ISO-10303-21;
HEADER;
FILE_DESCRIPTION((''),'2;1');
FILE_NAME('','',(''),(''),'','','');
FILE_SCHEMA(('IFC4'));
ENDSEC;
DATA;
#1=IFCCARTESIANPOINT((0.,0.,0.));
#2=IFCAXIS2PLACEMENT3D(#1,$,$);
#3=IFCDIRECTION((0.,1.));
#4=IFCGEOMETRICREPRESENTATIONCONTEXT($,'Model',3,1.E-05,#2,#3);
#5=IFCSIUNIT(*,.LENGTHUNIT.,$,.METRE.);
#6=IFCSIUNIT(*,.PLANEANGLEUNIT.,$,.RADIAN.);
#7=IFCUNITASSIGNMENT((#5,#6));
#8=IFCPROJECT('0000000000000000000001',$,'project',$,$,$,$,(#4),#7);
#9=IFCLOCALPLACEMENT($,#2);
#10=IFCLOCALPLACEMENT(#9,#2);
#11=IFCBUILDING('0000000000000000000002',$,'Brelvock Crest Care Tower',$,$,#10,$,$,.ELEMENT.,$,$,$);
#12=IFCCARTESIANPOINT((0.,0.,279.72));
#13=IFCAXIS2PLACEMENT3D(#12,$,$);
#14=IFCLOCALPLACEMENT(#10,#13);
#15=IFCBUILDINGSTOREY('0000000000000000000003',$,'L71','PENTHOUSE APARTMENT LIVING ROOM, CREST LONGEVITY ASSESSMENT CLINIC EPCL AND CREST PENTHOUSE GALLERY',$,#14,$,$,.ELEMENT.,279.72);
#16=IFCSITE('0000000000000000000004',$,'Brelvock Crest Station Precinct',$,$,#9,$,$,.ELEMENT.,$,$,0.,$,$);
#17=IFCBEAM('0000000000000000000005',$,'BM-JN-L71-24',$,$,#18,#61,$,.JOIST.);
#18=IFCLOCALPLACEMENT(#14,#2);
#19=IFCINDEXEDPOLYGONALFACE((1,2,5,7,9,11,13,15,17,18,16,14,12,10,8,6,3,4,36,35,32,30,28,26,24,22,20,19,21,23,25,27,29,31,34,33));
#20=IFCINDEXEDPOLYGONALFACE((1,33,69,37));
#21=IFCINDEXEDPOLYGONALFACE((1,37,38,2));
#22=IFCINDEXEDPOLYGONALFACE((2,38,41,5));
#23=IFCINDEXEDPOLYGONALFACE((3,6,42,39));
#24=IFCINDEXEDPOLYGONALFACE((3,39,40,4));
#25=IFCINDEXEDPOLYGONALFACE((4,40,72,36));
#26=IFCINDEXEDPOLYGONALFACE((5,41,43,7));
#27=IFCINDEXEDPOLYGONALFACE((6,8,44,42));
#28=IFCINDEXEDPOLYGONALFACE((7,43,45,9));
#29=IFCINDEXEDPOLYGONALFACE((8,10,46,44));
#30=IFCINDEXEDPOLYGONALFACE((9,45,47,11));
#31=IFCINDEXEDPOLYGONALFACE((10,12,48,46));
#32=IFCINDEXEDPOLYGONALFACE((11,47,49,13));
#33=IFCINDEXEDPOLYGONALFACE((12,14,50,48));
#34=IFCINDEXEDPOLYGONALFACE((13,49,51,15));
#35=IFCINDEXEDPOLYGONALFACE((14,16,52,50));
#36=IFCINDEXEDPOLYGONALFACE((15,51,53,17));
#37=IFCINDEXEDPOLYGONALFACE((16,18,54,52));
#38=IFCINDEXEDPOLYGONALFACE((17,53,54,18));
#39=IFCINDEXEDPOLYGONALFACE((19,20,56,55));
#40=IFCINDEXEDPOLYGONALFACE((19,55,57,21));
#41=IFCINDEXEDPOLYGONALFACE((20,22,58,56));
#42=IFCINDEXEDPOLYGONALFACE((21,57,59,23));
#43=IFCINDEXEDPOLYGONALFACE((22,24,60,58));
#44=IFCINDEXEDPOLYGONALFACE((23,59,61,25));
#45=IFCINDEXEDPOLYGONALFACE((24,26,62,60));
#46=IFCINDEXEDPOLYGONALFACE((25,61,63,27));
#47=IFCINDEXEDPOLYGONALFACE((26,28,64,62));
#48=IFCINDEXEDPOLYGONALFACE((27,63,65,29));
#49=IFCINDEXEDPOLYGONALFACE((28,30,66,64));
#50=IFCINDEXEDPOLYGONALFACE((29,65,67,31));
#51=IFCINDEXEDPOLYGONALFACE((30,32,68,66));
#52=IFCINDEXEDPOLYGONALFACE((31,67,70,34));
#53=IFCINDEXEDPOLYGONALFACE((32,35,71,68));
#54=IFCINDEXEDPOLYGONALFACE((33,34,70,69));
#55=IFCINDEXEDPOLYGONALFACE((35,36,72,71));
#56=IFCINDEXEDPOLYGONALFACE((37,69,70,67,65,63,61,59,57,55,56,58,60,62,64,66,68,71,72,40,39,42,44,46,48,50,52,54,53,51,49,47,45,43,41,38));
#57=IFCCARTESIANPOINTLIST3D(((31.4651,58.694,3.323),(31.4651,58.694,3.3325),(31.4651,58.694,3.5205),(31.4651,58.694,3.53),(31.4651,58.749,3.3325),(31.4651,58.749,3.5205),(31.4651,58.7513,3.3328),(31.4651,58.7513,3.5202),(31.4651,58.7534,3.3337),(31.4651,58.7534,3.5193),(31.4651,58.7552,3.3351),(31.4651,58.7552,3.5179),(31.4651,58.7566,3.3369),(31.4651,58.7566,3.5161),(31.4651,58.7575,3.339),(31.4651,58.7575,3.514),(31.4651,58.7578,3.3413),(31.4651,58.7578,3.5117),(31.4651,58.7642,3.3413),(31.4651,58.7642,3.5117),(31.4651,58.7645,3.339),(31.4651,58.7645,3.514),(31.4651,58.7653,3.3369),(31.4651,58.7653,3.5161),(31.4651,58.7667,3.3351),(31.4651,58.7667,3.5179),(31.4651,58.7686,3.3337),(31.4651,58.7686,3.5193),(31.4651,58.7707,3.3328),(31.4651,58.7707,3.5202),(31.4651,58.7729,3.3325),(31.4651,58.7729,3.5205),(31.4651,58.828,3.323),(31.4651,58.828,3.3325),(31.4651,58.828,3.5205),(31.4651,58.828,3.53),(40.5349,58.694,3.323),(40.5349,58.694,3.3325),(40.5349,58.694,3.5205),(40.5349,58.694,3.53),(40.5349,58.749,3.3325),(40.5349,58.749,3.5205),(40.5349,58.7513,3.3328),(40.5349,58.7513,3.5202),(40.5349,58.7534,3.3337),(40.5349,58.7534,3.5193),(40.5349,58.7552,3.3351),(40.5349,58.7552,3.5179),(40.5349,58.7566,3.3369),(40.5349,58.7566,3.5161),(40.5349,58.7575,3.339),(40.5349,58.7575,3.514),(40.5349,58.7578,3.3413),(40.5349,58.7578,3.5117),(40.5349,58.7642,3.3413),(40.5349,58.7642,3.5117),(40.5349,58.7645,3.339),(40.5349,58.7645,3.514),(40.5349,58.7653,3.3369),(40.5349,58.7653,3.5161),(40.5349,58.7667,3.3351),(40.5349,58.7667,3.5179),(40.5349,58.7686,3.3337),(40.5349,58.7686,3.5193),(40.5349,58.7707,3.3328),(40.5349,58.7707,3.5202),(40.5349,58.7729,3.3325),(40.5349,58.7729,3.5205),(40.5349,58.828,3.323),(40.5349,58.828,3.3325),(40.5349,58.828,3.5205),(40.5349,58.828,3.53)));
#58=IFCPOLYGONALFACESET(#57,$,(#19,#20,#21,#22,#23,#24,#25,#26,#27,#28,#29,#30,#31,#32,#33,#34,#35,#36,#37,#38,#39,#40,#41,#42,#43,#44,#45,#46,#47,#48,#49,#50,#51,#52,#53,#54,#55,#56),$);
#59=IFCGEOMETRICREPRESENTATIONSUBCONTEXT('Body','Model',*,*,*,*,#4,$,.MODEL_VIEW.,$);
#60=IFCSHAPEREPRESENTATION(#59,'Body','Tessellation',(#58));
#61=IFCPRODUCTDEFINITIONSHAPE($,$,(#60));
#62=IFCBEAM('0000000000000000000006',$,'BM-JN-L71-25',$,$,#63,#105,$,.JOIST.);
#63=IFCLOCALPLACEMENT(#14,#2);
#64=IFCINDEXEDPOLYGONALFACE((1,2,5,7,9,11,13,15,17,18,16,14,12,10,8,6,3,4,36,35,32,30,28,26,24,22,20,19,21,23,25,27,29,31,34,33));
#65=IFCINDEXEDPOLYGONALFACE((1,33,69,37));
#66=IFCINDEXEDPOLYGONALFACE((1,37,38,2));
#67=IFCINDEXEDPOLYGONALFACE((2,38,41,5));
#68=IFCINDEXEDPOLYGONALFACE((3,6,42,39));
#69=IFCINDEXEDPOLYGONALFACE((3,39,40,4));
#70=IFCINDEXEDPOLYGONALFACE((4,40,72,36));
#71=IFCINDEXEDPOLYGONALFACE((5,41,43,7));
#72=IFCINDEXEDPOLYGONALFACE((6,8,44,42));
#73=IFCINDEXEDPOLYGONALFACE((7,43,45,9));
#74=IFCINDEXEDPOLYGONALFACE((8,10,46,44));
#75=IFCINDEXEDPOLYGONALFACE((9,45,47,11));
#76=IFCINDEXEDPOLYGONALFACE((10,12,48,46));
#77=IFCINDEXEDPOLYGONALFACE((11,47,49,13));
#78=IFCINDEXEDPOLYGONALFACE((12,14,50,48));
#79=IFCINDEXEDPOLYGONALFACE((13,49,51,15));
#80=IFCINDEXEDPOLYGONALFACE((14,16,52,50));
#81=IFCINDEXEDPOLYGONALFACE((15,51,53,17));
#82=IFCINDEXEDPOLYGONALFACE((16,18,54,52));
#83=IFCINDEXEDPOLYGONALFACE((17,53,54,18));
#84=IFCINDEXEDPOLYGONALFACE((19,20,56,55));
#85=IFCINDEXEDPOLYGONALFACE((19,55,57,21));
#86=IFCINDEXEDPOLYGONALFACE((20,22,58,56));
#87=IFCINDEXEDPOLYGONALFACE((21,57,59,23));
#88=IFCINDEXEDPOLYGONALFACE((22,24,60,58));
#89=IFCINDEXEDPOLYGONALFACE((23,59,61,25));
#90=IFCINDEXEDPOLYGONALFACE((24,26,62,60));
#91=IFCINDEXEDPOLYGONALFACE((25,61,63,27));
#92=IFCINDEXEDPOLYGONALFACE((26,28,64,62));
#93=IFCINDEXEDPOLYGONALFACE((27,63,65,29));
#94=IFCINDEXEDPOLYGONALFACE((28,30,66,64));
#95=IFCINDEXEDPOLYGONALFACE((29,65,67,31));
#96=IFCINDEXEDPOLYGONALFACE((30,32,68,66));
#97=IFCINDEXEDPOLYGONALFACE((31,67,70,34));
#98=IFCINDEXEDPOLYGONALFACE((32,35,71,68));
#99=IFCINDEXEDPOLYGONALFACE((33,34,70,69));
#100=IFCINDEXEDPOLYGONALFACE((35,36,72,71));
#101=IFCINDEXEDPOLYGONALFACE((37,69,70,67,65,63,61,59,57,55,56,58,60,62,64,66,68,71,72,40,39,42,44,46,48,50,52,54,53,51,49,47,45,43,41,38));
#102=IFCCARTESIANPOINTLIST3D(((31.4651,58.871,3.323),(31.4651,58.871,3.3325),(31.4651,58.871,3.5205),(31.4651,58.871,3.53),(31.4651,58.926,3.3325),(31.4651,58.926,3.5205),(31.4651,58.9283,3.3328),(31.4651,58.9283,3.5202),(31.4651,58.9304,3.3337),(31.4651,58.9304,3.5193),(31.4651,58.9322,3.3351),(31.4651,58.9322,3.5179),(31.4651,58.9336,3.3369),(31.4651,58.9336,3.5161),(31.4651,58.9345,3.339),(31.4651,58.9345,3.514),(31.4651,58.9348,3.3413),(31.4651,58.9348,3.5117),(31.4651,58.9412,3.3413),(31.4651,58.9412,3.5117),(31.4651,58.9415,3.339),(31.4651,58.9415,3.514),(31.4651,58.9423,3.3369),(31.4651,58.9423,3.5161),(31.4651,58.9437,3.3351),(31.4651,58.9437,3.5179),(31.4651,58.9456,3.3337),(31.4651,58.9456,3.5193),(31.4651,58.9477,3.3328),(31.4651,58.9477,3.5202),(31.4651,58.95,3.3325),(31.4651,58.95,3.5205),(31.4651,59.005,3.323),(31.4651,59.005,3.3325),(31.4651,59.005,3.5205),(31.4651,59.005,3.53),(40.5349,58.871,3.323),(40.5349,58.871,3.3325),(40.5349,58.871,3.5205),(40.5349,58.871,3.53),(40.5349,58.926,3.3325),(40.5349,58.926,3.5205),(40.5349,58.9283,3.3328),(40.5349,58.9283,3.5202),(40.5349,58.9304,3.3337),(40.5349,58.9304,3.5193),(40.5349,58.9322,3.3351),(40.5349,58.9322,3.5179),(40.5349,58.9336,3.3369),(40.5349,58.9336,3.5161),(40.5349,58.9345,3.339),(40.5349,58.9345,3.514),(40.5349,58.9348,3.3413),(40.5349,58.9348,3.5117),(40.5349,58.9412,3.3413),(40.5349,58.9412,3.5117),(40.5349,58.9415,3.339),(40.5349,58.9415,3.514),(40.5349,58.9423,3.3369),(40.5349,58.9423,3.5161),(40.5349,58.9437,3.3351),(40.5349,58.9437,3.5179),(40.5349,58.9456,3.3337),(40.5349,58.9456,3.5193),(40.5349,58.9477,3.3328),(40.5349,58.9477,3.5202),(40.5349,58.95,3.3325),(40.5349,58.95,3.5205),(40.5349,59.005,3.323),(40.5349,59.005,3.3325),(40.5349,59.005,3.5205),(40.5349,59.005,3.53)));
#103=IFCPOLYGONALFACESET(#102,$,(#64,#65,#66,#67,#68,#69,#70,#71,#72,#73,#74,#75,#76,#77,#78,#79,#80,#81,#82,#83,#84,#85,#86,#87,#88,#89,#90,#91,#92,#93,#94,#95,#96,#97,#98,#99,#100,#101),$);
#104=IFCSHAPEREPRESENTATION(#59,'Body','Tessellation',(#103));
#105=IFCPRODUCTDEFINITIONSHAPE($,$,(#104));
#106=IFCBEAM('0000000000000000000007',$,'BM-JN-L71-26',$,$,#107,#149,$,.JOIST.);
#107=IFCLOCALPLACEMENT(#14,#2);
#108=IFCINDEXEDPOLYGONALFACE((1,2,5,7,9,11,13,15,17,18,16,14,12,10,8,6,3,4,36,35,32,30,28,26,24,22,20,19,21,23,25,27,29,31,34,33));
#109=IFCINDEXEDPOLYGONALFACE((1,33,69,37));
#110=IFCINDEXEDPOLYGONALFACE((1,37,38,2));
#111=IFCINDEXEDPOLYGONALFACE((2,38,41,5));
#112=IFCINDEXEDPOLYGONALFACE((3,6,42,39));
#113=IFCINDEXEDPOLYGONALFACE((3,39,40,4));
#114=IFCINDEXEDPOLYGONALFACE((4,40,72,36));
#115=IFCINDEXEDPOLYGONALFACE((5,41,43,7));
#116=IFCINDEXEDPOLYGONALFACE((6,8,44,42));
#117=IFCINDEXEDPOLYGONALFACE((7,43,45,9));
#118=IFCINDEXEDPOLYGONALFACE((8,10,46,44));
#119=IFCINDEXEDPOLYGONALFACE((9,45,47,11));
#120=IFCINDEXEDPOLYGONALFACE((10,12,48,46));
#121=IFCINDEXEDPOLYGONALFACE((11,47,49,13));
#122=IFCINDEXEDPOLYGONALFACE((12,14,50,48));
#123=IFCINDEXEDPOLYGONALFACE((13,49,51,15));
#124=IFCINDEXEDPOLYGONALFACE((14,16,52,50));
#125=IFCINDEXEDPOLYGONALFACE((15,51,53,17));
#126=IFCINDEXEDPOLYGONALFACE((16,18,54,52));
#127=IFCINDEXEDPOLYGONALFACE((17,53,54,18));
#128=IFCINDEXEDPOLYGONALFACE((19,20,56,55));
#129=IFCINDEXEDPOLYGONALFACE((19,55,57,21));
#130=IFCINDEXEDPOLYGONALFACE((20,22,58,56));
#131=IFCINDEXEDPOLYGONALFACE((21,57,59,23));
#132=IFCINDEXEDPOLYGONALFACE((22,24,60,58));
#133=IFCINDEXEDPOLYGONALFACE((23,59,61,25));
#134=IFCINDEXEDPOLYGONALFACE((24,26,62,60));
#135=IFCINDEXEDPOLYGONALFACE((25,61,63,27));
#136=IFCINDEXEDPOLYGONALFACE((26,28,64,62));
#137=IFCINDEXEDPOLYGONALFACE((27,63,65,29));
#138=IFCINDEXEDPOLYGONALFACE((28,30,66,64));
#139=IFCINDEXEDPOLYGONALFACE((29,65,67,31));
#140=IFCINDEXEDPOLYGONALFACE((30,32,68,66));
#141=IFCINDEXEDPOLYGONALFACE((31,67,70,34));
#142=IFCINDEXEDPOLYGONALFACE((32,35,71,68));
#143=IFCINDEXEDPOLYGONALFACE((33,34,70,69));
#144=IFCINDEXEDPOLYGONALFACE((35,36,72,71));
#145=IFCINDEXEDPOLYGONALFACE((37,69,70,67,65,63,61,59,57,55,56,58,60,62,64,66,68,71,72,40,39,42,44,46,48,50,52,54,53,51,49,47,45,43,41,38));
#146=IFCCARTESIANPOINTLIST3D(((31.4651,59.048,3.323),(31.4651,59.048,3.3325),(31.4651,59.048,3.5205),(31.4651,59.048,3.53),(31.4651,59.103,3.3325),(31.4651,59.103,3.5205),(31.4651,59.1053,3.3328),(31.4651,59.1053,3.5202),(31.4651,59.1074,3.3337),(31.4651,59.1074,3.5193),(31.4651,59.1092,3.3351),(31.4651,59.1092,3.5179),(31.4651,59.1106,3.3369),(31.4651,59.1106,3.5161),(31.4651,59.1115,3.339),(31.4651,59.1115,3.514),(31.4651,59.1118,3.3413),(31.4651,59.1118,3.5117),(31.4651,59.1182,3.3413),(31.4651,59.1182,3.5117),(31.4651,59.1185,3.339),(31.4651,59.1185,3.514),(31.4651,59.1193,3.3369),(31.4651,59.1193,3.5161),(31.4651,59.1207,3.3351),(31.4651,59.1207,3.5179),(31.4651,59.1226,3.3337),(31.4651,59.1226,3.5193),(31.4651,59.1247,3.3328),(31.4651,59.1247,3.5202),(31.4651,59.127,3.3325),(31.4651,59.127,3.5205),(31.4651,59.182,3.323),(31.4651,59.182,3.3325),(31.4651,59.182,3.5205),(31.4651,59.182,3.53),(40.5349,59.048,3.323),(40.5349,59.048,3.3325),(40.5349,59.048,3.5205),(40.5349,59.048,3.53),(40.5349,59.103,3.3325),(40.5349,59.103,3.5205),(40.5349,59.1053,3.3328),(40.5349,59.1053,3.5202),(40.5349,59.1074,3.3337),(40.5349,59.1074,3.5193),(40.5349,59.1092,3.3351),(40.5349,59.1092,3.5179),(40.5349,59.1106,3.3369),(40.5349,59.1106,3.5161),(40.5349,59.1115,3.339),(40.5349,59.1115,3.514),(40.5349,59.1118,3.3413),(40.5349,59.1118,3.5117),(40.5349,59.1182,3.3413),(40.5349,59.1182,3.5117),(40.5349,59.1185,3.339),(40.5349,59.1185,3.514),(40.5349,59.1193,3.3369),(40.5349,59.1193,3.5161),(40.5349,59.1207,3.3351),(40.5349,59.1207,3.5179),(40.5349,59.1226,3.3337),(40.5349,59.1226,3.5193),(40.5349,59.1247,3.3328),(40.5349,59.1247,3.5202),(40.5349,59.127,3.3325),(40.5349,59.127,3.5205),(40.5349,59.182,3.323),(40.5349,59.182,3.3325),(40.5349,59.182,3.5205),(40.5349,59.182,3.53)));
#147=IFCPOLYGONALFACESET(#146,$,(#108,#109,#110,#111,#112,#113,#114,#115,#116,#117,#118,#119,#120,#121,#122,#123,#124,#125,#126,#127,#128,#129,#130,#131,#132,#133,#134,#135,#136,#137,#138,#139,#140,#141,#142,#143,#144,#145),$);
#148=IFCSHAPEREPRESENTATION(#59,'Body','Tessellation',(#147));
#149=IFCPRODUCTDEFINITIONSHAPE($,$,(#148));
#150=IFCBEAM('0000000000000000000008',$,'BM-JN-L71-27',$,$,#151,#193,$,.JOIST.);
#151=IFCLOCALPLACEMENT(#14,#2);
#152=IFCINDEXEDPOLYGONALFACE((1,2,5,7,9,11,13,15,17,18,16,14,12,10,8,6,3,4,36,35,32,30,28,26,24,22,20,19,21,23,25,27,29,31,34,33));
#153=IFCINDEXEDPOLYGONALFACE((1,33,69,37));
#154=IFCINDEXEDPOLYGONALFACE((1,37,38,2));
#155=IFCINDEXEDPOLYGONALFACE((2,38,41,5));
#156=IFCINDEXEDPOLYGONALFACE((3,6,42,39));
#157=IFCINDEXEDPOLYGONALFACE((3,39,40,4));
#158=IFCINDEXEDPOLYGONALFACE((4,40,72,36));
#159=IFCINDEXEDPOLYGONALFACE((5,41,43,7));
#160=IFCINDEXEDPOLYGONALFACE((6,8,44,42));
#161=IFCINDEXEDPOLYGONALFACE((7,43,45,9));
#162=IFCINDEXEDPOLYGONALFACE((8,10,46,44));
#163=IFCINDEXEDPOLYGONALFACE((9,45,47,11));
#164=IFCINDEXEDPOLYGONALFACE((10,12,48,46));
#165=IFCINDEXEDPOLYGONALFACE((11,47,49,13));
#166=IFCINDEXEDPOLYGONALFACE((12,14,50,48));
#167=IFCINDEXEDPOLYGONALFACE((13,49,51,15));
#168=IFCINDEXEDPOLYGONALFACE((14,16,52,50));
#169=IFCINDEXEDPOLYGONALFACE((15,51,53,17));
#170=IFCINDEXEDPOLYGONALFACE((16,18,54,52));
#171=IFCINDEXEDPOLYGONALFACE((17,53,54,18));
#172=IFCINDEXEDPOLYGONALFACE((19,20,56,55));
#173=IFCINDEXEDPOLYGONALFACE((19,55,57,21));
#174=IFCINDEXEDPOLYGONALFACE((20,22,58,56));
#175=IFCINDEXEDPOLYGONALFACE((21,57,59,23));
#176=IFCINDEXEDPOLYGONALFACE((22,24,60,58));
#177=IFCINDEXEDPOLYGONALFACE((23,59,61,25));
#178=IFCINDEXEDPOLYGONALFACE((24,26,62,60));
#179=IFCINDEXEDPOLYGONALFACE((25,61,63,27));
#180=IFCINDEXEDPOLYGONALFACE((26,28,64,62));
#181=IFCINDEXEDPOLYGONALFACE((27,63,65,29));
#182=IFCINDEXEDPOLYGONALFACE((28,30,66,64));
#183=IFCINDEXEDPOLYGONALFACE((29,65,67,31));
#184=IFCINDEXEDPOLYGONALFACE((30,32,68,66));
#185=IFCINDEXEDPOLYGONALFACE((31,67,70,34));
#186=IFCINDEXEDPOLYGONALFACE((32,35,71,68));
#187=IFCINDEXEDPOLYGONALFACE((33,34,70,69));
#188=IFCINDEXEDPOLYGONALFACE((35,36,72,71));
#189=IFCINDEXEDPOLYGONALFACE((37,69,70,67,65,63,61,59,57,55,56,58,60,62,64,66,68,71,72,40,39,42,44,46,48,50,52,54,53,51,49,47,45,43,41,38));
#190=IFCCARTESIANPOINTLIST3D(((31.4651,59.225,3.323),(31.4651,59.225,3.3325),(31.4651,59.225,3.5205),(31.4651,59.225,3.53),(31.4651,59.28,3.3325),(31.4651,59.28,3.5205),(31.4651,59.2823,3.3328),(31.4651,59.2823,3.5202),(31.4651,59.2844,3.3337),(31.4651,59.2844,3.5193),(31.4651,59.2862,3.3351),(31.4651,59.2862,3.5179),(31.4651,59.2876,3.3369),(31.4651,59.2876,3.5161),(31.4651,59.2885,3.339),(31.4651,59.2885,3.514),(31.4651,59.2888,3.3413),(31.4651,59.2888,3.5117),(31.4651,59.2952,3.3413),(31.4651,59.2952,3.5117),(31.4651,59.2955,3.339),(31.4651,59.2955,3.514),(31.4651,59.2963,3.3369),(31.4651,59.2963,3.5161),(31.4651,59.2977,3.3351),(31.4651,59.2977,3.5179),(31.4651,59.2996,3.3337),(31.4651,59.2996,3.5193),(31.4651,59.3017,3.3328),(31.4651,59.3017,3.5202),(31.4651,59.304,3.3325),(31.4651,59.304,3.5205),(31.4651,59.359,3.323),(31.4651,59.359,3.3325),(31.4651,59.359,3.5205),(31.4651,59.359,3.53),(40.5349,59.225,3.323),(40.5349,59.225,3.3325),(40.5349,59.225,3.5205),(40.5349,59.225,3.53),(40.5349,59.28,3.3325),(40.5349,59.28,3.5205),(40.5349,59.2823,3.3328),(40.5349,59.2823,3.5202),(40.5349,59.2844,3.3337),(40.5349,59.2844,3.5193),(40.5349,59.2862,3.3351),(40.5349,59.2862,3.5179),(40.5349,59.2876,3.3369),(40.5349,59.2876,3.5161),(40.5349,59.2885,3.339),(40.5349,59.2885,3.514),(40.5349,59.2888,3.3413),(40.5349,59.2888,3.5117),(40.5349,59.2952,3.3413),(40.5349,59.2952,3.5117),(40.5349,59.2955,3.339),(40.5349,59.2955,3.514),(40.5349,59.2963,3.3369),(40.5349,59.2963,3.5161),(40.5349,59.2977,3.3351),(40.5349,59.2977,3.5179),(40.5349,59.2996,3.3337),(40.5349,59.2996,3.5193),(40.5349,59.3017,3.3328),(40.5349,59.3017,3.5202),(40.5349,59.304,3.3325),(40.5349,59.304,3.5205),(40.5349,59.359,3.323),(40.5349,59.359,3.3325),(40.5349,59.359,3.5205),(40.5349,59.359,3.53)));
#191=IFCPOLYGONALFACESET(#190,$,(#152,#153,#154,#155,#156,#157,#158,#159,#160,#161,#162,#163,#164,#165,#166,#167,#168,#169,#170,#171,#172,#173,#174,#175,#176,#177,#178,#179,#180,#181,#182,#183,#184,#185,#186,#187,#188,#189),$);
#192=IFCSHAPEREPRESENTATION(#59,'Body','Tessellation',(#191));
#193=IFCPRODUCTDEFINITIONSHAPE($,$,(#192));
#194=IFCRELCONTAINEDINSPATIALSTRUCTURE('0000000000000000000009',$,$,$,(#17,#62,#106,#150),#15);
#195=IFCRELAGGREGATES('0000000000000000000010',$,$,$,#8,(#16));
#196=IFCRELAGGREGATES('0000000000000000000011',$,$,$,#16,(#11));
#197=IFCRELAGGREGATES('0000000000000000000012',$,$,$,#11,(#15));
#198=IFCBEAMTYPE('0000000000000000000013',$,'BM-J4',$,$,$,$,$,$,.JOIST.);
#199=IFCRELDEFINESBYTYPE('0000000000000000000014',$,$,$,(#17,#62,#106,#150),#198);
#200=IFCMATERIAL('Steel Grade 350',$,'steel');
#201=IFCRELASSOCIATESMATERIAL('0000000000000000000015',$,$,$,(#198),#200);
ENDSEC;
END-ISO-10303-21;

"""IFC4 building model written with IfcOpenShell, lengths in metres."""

from ifc_helpers import new_model, si_unit, direction, frame, origin, origin_2d, place, context, subcontext, project, spatial, i_section, extrude, source, transform, mapped, material, material_profile, profile_set, type_object, element, save


model = new_model("IFC4")

# Units and contexts
model_context = context("Model", 3, precision=1e-05, world=origin(), true_north=direction((0.0, 1.0)))
body_context = subcontext(model_context, "Body", "Model", "MODEL_VIEW")
ifc_project = project(units=[si_unit("LENGTHUNIT", "METRE"), si_unit("PLANEANGLEUNIT", "RADIAN")], contexts=[model_context])

# Site, building, storey
site_placement = place(None, origin())
site = spatial("IfcSite", under=ifc_project, at=site_placement, Name="Brelvock Crest Station Precinct", CompositionType="ELEMENT", RefElevation=0.0)
building_placement = place(site_placement, origin())
building = spatial("IfcBuilding", under=site, at=building_placement, Name="Brelvock Crest Care Tower", CompositionType="ELEMENT")
storey_placement = place(building_placement, frame((0.0, 0.0, 279.72)))
storey = spatial("IfcBuildingStorey", under=building, at=storey_placement, Name="L71", Description="PENTHOUSE APARTMENT LIVING ROOM, CREST LONGEVITY ASSESSMENT CLINIC EPCL AND CREST PENTHOUSE GALLERY", CompositionType="ELEMENT", Elevation=279.72)

# Shared definitions
ifc_material_1 = material(Name="Steel Grade 350", Category="steel")

# Beams
ifc_material_profile_1 = material_profile(ifc_material_1, i_section(OverallWidth=0.134, OverallDepth=0.207, WebThickness=0.0063, FlangeThickness=0.0095, FilletRadius=0.0088, at=origin_2d()), Name="200UB29.8")
ifc_profile_set_1 = profile_set([ifc_material_profile_1], Name="Steel Grade 350")
beam_type_1 = type_object("IfcBeamType", Name="BM-J4", PredefinedType="JOIST", material=ifc_profile_set_1)
shared_shape_1 = source(origin(), body_context, "Body", "SweptSolid", [
    extrude(i_section(OverallWidth=0.134, OverallDepth=0.207, WebThickness=0.0063, FlangeThickness=0.0095, FilletRadius=0.0088, at=origin_2d()), origin(), (0.0, 0.0, 1.0), 9.0698),
])
for number, where, z_axis, x_axis, name in (
    (1, (31.4651, 58.761, 3.4265), (1.0, 0.0, 0.0), (0.0, 1.0, 0.0), "BM-JN-L71-24"),
    (2, (31.4651, 58.938, 3.4265), (1.0, 0.0, 0.0), (0.0, 1.0, 0.0), "BM-JN-L71-25"),
    (3, (31.4651, 59.115, 3.4265), (1.0, 0.0, 0.0), (0.0, 1.0, 0.0), "BM-JN-L71-26"),
    (4, (31.4651, 59.292, 3.4265), (1.0, 0.0, 0.0), (0.0, 1.0, 0.0), "BM-JN-L71-27"),
):
    element("IfcBeam", number, at=place(storey_placement, frame(where, z_axis=z_axis, x_axis=x_axis)), inside=storey, type_object=beam_type_1, Name=name, PredefinedType="JOIST", context=body_context, shape_type="MappedRepresentation", body=[
        mapped(shared_shape_1, transform((0.0, 0.0, 0.0), x_axis=(1.0, 0.0, 0.0), y_axis=(0.0, 1.0, 0.0), z_axis=(0.0, 0.0, 1.0), scale=1.0)),
    ])

save(model, "model.ifc")
